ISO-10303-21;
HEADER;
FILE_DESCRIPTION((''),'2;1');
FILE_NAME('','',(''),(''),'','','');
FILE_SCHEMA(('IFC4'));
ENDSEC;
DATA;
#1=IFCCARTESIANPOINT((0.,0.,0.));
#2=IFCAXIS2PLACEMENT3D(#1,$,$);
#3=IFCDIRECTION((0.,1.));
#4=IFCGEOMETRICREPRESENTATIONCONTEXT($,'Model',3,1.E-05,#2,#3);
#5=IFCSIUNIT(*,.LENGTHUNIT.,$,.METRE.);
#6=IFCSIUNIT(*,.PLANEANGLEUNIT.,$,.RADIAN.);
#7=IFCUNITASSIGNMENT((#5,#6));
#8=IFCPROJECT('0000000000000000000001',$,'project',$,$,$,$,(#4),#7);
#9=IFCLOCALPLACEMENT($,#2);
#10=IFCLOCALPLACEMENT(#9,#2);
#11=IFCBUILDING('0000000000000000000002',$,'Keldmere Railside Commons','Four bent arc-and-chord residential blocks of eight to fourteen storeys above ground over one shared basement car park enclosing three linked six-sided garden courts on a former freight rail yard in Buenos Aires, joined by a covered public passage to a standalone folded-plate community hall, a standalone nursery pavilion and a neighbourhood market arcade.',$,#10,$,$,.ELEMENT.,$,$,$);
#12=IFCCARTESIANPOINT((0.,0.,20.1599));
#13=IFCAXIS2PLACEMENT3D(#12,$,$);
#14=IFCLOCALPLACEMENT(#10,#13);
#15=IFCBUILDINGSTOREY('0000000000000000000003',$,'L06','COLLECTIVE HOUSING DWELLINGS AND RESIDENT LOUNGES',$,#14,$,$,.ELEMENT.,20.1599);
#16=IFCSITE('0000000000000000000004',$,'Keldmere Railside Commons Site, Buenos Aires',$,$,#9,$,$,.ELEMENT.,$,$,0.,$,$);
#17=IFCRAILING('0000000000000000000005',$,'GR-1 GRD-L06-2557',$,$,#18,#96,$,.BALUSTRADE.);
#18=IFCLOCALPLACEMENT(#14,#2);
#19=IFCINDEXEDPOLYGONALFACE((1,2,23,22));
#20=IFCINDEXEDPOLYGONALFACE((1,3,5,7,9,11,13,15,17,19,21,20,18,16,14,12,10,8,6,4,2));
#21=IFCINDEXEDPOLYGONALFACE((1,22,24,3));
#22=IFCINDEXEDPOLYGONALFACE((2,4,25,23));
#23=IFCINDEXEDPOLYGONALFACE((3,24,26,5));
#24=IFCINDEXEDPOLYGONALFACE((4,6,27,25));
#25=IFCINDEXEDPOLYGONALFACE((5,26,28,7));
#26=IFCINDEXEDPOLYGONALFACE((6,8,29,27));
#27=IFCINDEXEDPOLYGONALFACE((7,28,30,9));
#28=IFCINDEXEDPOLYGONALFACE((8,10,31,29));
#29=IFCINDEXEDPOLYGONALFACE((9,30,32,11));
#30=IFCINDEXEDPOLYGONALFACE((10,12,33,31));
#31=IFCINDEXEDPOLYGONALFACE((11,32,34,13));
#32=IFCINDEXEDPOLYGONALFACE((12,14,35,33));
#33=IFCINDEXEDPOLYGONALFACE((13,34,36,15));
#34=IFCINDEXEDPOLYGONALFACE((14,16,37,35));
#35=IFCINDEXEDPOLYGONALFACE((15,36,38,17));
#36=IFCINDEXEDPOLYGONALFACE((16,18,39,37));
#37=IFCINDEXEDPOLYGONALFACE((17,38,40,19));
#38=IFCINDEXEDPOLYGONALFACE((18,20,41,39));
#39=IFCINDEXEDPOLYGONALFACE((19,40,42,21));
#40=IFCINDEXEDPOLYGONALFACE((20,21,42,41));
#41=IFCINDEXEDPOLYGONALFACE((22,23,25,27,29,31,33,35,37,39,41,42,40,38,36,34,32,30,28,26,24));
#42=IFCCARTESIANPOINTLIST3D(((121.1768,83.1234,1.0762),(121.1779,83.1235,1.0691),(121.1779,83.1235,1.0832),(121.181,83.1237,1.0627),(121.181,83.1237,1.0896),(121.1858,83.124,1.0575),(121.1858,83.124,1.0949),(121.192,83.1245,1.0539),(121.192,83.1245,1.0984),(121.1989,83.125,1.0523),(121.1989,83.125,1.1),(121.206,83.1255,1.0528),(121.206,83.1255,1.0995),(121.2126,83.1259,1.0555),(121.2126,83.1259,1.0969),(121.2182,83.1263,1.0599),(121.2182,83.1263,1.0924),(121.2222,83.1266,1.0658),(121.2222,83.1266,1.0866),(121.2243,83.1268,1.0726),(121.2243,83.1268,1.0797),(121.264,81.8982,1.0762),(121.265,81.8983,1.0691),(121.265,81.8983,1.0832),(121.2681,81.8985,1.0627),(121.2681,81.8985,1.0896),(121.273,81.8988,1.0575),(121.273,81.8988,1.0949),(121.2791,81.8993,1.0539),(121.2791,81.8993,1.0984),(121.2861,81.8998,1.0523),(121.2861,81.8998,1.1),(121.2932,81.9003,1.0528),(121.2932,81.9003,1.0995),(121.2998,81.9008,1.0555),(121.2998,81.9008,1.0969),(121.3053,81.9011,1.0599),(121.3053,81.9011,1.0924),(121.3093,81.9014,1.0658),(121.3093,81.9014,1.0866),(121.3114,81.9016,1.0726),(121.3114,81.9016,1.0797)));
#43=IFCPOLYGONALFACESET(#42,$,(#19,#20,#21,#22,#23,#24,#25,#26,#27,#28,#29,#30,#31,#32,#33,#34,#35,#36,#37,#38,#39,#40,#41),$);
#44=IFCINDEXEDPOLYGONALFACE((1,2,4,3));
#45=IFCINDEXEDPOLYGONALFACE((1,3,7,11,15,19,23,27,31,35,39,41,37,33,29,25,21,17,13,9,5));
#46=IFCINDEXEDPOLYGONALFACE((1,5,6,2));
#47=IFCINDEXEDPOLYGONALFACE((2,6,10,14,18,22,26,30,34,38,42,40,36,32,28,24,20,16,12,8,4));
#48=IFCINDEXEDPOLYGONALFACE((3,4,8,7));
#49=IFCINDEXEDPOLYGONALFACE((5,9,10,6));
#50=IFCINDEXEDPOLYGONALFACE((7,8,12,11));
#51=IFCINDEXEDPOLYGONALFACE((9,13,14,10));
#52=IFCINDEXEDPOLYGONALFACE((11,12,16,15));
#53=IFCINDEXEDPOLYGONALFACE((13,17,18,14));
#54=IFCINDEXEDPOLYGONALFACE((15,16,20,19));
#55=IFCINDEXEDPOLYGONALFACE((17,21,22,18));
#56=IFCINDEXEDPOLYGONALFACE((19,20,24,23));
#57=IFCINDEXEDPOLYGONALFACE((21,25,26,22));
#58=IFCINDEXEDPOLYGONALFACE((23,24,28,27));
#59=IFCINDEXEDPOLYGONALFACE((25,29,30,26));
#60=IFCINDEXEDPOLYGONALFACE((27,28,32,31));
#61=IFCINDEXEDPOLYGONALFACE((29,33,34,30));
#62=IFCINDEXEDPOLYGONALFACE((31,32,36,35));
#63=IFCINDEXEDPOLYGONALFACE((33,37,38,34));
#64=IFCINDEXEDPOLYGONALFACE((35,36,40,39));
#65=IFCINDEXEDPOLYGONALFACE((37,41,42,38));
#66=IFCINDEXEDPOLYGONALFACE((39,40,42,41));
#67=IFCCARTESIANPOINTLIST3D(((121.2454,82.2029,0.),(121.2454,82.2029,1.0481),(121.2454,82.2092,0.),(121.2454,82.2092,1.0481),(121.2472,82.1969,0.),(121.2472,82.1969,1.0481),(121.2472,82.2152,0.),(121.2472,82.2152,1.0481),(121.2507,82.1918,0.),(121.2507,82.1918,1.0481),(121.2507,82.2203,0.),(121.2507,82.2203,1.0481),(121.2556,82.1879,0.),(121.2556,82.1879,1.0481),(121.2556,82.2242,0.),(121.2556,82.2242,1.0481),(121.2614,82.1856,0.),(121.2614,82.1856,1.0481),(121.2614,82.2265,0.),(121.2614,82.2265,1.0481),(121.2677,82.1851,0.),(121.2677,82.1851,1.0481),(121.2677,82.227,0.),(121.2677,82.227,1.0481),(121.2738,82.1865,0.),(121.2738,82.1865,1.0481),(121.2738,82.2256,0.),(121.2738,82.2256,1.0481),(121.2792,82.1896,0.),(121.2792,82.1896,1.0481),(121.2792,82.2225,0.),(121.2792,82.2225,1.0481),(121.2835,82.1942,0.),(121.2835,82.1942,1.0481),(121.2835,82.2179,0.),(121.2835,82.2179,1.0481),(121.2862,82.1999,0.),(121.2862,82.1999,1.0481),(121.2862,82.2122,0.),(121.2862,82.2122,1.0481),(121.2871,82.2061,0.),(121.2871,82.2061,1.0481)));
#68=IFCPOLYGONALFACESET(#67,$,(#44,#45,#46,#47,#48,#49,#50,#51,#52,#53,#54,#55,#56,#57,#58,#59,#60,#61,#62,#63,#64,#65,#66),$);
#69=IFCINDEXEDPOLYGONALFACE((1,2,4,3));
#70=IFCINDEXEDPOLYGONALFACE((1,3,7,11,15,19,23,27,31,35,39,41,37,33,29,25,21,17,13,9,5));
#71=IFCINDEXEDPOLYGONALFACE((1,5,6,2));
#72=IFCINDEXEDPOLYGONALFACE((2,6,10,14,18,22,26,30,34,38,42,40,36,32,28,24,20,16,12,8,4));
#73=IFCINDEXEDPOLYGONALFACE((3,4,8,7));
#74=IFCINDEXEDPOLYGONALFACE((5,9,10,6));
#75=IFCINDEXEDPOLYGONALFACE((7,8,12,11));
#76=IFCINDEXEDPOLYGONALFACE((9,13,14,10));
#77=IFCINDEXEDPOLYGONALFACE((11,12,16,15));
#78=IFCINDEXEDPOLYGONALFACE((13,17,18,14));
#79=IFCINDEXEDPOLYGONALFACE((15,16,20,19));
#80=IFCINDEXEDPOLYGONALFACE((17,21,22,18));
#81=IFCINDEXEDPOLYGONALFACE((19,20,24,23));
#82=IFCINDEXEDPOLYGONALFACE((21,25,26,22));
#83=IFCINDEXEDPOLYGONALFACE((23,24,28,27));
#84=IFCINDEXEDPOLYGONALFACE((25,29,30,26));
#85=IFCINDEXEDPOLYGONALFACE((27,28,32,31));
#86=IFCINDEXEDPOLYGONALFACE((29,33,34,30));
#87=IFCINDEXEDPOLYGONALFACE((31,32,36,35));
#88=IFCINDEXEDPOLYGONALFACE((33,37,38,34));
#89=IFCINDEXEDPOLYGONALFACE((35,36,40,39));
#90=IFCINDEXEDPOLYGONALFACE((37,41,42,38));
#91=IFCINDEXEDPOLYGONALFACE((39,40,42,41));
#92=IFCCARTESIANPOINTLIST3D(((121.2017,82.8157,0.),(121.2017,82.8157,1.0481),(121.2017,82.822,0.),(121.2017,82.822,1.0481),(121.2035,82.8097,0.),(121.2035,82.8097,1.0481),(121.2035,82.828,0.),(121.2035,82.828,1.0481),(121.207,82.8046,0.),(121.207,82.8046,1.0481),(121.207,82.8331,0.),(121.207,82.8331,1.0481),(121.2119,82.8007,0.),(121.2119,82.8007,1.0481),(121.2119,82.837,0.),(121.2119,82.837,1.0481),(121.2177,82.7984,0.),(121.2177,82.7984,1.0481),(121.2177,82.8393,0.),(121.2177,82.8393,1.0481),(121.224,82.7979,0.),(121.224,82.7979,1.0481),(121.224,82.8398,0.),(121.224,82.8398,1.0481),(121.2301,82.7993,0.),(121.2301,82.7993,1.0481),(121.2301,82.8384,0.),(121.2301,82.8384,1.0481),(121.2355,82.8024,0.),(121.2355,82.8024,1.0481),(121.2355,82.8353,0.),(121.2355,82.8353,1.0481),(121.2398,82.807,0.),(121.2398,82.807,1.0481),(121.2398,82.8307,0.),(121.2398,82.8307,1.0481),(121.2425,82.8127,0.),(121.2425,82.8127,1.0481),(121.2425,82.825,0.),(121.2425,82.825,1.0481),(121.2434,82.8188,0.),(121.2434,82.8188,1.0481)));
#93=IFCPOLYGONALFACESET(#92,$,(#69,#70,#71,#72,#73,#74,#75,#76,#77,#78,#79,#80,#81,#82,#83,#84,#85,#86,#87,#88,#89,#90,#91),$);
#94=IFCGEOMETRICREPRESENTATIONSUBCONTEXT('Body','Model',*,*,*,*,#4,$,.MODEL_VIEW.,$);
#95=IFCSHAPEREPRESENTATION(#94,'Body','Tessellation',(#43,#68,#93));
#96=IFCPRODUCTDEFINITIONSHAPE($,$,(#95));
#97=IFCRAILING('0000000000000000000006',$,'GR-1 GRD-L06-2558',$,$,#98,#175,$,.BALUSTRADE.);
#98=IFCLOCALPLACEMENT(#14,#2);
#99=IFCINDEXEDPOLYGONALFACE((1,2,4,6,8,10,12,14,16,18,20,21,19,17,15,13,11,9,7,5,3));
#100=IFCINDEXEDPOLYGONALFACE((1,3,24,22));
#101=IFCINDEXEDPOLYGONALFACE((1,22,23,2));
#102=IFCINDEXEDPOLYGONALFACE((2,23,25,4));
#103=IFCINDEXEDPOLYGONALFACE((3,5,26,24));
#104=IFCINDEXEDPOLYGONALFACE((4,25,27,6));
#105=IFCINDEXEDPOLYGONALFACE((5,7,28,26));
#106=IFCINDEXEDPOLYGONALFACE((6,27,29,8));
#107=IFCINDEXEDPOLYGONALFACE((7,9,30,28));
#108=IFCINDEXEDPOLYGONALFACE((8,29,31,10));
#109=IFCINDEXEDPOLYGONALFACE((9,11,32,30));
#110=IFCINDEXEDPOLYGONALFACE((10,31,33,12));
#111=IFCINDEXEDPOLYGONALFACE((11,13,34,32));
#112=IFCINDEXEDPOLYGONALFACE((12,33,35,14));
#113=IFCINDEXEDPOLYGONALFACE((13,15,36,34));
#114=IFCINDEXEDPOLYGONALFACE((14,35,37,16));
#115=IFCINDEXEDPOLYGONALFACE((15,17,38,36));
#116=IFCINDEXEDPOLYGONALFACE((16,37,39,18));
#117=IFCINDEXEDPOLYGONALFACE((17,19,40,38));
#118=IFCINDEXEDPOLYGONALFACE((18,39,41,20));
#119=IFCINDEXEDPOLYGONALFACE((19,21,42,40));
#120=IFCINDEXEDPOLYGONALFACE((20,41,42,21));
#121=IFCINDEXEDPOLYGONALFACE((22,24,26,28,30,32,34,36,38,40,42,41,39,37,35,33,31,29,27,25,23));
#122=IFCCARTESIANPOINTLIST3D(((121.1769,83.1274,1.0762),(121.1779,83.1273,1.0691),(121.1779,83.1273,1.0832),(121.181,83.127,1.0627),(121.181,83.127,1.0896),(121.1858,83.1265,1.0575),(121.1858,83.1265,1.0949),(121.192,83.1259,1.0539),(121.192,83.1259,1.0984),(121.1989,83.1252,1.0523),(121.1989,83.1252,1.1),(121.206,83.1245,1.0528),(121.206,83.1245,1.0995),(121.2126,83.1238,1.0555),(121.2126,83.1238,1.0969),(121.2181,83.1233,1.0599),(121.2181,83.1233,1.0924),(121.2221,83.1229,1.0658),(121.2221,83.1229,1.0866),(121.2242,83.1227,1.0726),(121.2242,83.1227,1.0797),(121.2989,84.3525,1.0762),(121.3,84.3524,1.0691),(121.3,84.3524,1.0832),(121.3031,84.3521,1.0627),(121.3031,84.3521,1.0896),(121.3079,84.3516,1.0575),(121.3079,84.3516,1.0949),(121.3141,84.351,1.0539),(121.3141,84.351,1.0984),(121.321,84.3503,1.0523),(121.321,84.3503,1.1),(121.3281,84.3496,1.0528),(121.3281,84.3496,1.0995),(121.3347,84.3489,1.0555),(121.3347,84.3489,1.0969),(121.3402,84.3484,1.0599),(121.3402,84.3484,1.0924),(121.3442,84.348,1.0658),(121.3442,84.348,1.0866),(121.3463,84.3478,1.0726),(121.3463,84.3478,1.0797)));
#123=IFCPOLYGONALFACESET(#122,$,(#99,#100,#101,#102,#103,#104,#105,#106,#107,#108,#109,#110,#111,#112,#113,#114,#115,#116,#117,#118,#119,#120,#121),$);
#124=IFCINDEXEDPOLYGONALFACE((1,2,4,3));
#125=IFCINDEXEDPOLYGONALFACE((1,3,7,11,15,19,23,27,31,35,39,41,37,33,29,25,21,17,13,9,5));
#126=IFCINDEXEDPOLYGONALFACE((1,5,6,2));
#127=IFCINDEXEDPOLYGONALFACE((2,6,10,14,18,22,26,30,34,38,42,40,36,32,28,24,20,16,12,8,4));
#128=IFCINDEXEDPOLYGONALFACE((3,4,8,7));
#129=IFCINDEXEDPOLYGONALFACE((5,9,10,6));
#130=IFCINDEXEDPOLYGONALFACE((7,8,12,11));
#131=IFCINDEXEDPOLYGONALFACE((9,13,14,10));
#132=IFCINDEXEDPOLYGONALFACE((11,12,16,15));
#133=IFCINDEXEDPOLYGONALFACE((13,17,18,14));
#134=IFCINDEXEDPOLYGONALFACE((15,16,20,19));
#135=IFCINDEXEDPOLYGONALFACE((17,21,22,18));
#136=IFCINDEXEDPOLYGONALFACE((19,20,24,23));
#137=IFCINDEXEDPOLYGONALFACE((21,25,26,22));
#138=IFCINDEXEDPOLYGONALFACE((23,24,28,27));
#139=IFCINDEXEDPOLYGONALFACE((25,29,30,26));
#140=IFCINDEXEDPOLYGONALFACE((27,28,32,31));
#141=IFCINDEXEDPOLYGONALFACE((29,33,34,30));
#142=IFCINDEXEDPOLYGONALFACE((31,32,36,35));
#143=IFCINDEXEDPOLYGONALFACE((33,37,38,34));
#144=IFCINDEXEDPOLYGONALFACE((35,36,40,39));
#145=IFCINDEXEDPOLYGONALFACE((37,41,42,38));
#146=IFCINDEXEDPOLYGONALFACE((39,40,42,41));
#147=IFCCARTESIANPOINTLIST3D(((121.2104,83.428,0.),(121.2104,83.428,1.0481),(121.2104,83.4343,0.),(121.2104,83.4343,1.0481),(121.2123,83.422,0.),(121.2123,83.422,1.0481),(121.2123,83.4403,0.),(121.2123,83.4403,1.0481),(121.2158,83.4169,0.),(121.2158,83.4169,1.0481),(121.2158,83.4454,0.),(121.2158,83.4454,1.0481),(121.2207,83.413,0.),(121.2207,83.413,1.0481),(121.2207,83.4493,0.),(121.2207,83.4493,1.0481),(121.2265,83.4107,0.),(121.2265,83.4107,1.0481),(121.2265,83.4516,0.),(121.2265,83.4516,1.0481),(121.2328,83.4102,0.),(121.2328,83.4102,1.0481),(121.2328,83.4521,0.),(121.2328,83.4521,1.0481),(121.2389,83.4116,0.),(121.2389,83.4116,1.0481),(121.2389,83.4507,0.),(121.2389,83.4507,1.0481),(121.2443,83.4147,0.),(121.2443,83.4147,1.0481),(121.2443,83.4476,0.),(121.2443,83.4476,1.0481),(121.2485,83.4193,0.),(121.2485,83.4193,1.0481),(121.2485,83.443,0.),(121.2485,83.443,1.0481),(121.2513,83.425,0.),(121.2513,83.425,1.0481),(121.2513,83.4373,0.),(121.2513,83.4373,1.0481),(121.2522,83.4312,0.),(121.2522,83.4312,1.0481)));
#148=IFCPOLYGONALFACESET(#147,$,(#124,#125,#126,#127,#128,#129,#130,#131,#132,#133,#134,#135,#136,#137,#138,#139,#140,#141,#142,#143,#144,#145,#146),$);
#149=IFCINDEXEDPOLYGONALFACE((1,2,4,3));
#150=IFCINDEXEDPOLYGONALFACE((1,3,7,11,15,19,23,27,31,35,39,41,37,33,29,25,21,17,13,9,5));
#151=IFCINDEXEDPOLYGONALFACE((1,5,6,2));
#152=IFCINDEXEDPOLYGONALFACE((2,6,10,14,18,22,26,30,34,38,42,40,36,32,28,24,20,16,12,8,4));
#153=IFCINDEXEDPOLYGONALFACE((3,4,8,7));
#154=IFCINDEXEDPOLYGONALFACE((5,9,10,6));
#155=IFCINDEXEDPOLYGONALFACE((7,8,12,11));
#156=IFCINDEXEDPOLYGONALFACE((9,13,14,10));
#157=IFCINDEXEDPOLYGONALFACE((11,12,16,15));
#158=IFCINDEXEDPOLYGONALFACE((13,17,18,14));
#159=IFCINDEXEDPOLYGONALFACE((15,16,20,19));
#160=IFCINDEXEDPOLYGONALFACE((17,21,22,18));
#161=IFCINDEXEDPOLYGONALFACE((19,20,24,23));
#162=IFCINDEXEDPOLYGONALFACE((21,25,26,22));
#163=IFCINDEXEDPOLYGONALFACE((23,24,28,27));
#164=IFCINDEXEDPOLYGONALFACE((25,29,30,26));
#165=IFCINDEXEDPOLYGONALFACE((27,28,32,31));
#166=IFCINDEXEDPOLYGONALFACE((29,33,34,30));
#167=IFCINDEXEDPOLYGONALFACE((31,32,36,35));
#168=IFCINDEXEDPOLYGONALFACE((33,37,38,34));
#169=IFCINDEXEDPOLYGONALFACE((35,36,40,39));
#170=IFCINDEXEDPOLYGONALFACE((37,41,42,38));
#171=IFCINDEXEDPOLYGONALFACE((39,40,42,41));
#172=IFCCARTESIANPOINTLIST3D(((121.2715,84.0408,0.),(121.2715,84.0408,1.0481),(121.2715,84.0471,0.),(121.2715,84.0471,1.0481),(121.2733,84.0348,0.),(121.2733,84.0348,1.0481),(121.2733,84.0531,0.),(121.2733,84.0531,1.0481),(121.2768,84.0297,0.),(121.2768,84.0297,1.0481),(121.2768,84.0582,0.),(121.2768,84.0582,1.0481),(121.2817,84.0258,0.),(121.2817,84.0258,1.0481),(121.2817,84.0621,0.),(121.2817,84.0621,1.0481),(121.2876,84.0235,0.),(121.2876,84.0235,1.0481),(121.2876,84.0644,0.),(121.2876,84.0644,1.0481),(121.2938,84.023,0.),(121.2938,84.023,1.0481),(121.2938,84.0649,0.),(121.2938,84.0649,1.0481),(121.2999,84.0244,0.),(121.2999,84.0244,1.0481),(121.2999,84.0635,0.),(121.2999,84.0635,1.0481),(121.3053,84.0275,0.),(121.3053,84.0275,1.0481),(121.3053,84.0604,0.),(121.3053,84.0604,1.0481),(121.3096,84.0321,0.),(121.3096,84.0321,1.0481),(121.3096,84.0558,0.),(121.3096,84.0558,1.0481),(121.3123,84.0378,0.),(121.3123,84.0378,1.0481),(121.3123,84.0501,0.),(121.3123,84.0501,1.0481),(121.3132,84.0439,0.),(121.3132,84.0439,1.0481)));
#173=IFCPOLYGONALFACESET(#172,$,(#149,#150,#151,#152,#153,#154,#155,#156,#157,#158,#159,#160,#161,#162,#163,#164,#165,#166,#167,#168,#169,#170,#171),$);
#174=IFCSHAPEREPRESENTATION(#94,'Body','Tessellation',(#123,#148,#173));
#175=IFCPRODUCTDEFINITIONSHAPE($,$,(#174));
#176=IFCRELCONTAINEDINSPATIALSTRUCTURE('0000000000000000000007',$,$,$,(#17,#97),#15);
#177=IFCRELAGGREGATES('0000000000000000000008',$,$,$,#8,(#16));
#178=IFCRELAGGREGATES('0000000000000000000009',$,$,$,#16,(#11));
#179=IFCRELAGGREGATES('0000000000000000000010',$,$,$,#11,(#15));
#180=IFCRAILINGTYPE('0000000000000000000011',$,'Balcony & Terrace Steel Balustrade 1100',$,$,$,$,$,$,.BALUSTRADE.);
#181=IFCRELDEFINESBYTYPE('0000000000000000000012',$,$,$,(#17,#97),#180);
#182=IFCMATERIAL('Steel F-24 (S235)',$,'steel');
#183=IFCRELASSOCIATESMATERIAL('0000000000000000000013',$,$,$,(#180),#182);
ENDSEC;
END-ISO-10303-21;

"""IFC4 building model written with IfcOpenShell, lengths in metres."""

from ifc_helpers import new_model, si_unit, direction, frame, origin, origin_2d, place, context, subcontext, project, spatial, circle, extrude, material, type_object, element, save


model = new_model("IFC4")

# Units and contexts
model_context = context("Model", 3, precision=1e-05, world=origin(), true_north=direction((0.0, 1.0)))
body_context = subcontext(model_context, "Body", "Model", "MODEL_VIEW")
ifc_project = project(units=[si_unit("LENGTHUNIT", "METRE"), si_unit("PLANEANGLEUNIT", "RADIAN")], contexts=[model_context])

# Site, building, storey
site_placement = place(None, origin())
site = spatial("IfcSite", under=ifc_project, at=site_placement, Name="Keldmere Railside Commons Site, Buenos Aires", CompositionType="ELEMENT", RefElevation=0.0)
building_placement = place(site_placement, origin())
building = spatial("IfcBuilding", under=site, at=building_placement, Name="Keldmere Railside Commons", Description="Four bent arc-and-chord residential blocks of eight to fourteen storeys above ground over one shared basement car park enclosing three linked six-sided garden courts on a former freight rail yard in Buenos Aires, joined by a covered public passage to a standalone folded-plate community hall, a standalone nursery pavilion and a neighbourhood market arcade.", CompositionType="ELEMENT")
storey_placement = place(building_placement, frame((0.0, 0.0, 20.1599)))
storey = spatial("IfcBuildingStorey", under=building, at=storey_placement, Name="L06", Description="COLLECTIVE HOUSING DWELLINGS AND RESIDENT LOUNGES", CompositionType="ELEMENT", Elevation=20.1599)

# Railings
ifc_material_1 = material(Name="Steel F-24 (S235)", Category="steel")
railing_type = type_object("IfcRailingType", Name="Balcony & Terrace Steel Balustrade 1100", PredefinedType="BALUSTRADE", material=ifc_material_1)
railing_1_placement = place(storey_placement, frame((121.2878, 81.8999, 0.0)))
element("IfcRailing", 1, at=railing_1_placement, inside=storey, type_object=railing_type, Name="GR-1 GRD-L06-2557", PredefinedType="BALUSTRADE", context=body_context, shape_type="SweptSolid", body=[
    extrude(circle(Radius=0.0239, at=origin_2d()), frame((0.0, 0.0, 1.0762), z_axis=(-0.070965, 0.997479, 0.0), x_axis=(-0.997479, -0.070965, 0.0)), (0.0, 0.0, 1.0), 1.2283),
    extrude(circle(Radius=0.021, at=origin_2d()), frame((-0.0217, 0.3062, 0.0)), (0.0, 0.0, 1.0), 1.0481),
    extrude(circle(Radius=0.021, at=origin_2d()), frame((-0.0654, 0.9189, 0.0)), (0.0, 0.0, 1.0), 1.0481),
])
railing_2_placement = place(storey_placement, frame((121.2007, 83.125, 0.0)))
element("IfcRailing", 2, at=railing_2_placement, inside=storey, type_object=railing_type, Name="GR-1 GRD-L06-2558", PredefinedType="BALUSTRADE", context=body_context, shape_type="SweptSolid", body=[
    extrude(circle(Radius=0.0239, at=origin_2d()), frame((0.0, 0.0, 1.0762), z_axis=(0.09915, 0.995072, 0.0), x_axis=(-0.995072, 0.09915, 0.0)), (0.0, 0.0, 1.0), 1.2312),
    extrude(circle(Radius=0.021, at=origin_2d()), frame((0.0305, 0.3062, 0.0)), (0.0, 0.0, 1.0), 1.0481),
    extrude(circle(Radius=0.021, at=origin_2d()), frame((0.0916, 0.9189, 0.0)), (0.0, 0.0, 1.0), 1.0481),
])

save(model, "model.ifc")
